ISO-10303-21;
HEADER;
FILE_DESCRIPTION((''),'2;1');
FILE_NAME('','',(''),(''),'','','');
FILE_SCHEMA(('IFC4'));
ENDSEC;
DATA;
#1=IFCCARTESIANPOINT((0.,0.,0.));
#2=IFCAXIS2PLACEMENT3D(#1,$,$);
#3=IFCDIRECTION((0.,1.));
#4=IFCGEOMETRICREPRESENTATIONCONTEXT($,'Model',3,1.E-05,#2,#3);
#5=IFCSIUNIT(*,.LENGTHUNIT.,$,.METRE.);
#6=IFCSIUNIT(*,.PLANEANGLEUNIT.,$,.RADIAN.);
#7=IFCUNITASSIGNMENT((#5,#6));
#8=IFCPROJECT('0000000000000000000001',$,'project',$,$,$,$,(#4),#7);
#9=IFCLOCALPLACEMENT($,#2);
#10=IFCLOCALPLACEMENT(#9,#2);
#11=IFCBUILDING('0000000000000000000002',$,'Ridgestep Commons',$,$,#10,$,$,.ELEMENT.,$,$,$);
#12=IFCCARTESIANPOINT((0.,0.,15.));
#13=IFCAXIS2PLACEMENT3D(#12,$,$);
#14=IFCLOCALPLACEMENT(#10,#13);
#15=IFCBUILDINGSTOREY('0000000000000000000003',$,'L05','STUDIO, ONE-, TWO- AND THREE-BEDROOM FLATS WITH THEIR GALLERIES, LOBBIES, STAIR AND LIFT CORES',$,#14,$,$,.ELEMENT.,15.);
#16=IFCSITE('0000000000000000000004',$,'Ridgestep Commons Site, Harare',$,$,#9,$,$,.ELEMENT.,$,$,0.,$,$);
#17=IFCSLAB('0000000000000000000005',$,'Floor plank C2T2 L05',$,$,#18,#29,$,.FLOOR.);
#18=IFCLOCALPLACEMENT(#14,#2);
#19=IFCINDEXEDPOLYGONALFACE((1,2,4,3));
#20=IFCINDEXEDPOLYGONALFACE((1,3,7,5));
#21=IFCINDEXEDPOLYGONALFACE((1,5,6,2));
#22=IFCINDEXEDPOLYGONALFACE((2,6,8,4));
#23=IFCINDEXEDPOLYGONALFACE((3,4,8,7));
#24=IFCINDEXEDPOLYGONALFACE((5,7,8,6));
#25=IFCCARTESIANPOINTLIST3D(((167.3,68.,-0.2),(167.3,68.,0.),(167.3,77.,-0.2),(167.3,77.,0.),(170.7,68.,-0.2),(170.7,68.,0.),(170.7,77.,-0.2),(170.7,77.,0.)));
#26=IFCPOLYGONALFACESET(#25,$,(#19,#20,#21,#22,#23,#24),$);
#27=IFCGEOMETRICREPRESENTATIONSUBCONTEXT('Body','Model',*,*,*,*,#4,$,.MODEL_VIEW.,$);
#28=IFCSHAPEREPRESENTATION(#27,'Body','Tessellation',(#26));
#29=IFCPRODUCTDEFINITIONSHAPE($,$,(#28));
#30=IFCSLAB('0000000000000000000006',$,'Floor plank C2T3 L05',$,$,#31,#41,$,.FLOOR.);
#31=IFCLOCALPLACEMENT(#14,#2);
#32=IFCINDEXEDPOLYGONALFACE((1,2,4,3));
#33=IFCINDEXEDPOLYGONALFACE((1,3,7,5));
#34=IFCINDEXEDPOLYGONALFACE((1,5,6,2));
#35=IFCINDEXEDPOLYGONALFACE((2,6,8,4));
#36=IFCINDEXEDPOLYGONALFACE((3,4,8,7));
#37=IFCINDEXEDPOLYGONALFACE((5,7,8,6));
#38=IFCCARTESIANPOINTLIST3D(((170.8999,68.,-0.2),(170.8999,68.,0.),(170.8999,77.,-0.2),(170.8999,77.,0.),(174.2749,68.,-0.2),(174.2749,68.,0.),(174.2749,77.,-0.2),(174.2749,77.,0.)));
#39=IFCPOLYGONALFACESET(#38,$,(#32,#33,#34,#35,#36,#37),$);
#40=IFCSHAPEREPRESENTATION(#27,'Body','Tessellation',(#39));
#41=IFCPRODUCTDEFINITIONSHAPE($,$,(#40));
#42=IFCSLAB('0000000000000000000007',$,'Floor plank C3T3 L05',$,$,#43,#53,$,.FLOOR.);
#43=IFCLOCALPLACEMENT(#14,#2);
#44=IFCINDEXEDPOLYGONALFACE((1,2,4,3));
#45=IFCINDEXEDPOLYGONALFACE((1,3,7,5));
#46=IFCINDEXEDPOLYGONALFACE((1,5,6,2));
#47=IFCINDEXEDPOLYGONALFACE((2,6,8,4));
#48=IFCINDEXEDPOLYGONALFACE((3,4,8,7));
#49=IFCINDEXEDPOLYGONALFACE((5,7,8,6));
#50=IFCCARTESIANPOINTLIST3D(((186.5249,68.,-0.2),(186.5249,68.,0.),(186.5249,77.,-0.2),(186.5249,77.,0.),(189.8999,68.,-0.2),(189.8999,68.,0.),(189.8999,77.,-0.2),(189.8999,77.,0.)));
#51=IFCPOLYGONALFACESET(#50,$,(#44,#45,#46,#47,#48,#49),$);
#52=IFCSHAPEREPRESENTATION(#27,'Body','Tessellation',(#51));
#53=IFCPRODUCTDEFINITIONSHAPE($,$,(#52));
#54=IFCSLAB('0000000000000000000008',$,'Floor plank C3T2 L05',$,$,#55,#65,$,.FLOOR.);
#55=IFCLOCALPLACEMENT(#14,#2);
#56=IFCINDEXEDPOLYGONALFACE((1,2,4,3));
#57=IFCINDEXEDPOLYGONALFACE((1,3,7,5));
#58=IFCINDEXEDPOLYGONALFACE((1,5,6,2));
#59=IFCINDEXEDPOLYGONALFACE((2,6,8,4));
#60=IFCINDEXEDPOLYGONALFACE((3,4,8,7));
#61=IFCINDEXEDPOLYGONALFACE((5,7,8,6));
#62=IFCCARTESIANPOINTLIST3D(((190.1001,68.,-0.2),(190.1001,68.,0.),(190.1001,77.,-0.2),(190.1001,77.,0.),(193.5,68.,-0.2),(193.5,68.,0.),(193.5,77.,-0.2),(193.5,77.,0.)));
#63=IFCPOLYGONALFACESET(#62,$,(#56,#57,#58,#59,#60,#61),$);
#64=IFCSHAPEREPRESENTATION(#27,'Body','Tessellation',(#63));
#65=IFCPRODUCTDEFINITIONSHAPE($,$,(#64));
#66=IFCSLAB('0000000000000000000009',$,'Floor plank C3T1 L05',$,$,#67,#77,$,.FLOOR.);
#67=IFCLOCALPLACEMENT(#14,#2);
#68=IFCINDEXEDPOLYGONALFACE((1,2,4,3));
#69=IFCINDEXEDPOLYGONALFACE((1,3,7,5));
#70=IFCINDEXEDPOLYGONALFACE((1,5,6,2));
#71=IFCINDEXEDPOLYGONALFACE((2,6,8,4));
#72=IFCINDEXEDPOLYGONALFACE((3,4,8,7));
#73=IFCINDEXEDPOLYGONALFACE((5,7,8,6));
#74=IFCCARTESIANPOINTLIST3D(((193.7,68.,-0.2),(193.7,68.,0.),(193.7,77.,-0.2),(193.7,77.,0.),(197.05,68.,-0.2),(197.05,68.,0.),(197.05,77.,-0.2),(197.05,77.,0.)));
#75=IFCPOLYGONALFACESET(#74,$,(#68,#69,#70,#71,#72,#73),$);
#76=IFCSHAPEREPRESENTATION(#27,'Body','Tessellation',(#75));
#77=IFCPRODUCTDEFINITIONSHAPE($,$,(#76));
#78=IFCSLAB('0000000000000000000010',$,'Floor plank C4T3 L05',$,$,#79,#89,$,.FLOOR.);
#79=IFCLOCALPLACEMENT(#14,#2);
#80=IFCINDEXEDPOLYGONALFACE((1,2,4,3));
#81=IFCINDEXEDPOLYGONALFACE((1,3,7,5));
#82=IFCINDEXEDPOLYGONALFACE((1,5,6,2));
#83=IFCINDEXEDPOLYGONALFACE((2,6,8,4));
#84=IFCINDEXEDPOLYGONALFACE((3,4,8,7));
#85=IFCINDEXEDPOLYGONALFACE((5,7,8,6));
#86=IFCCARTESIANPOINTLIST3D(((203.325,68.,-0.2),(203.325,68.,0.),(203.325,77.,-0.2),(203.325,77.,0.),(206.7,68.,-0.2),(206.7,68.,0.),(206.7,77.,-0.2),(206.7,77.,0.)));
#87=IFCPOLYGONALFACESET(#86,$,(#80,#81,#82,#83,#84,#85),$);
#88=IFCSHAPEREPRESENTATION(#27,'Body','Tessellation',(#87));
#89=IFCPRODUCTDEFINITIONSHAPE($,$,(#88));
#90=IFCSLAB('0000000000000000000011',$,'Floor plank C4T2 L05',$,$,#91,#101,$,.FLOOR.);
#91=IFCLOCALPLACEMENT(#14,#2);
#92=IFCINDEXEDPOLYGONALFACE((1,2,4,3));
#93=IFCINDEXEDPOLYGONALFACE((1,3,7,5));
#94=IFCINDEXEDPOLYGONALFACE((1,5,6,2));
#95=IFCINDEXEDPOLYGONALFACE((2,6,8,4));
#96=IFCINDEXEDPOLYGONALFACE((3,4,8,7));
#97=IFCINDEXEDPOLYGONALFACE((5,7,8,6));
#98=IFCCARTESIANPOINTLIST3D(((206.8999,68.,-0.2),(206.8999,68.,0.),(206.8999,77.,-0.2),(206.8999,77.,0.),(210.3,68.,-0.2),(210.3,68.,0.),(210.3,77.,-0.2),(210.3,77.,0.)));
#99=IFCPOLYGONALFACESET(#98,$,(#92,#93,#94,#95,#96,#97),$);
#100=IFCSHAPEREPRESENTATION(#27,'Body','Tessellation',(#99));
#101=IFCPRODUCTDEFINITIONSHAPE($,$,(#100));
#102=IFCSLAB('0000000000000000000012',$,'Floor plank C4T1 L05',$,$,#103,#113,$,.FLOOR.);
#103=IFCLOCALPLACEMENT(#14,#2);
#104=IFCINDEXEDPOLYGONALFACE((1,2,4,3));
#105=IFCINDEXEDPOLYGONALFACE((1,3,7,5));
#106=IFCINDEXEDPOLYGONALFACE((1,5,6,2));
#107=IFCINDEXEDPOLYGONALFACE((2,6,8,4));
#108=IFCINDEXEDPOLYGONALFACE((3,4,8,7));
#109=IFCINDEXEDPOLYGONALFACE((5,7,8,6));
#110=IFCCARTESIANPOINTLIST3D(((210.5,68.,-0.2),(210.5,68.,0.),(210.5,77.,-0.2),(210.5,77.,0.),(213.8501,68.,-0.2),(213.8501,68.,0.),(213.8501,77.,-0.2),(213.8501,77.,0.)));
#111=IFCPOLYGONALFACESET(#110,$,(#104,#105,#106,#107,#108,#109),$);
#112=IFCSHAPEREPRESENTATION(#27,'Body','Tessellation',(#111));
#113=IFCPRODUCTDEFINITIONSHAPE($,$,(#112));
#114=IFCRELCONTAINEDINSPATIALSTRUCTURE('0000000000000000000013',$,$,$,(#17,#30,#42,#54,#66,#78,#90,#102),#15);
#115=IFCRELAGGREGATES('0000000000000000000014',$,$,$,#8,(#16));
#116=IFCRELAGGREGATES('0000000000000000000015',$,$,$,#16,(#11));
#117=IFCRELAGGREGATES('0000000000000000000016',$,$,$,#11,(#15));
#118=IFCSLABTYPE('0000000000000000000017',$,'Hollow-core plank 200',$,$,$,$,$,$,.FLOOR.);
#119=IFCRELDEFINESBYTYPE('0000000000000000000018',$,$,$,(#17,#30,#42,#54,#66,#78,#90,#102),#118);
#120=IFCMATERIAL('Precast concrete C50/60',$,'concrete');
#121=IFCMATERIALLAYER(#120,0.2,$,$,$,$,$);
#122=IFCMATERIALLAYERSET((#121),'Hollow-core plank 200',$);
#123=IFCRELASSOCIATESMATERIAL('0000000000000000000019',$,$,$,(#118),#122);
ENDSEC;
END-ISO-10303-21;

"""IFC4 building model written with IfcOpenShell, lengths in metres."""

from ifc_helpers import new_model, si_unit, direction, frame, origin, place, context, subcontext, project, spatial, polyline, outline, extrude, material, layer, layer_set, type_object, element, save


model = new_model("IFC4")

# Units and contexts
model_context = context("Model", 3, precision=1e-05, world=origin(), true_north=direction((0.0, 1.0)))
body_context = subcontext(model_context, "Body", "Model", "MODEL_VIEW")
ifc_project = project(units=[si_unit("LENGTHUNIT", "METRE"), si_unit("PLANEANGLEUNIT", "RADIAN")], contexts=[model_context])

# Site, building, storey
site_placement = place(None, origin())
site = spatial("IfcSite", under=ifc_project, at=site_placement, Name="Ridgestep Commons Site, Harare", CompositionType="ELEMENT", RefElevation=0.0)
building_placement = place(site_placement, origin())
building = spatial("IfcBuilding", under=site, at=building_placement, Name="Ridgestep Commons", CompositionType="ELEMENT")
storey_placement = place(building_placement, frame((0.0, 0.0, 15.0)))
storey = spatial("IfcBuildingStorey", under=building, at=storey_placement, Name="L05", Description="STUDIO, ONE-, TWO- AND THREE-BEDROOM FLATS WITH THEIR GALLERIES, LOBBIES, STAIR AND LIFT CORES", CompositionType="ELEMENT", Elevation=15.0)

# Slabs
ifc_material_1 = material(Name="Precast concrete C50/60", Category="concrete")
ifc_layer_1 = layer(ifc_material_1, 0.2)
ifc_layer_set_1 = layer_set([ifc_layer_1], Name="Hollow-core plank 200")
slab_type_1 = type_object("IfcSlabType", Name="Hollow-core plank 200", PredefinedType="FLOOR", material=ifc_layer_set_1)
slab_1_placement = place(storey_placement, frame((0.0, 0.0, -0.2)))
element("IfcSlab", 1, at=slab_1_placement, inside=storey, type_object=slab_type_1, Name="Floor plank C2T2 L05", PredefinedType="FLOOR", context=body_context, shape_type="SweptSolid", body=[
    extrude(outline(polyline([(170.7, 68.0), (170.7, 77.0), (167.3, 77.0), (167.3, 68.0), (170.7, 68.0)])), origin(), (0.0, 0.0, 1.0), 0.2),
])
slab_2_placement = place(storey_placement, frame((0.0, 0.0, -0.2)))
element("IfcSlab", 2, at=slab_2_placement, inside=storey, type_object=slab_type_1, Name="Floor plank C2T3 L05", PredefinedType="FLOOR", context=body_context, shape_type="SweptSolid", body=[
    extrude(outline(polyline([(174.2749, 68.0), (174.2749, 77.0), (170.8999, 77.0), (170.8999, 68.0), (174.2749, 68.0)])), origin(), (0.0, 0.0, 1.0), 0.2),
])
slab_3_placement = place(storey_placement, frame((0.0, 0.0, -0.2)))
element("IfcSlab", 3, at=slab_3_placement, inside=storey, type_object=slab_type_1, Name="Floor plank C3T3 L05", PredefinedType="FLOOR", context=body_context, shape_type="SweptSolid", body=[
    extrude(outline(polyline([(189.8999, 68.0), (189.8999, 77.0), (186.5249, 77.0), (186.5249, 68.0), (189.8999, 68.0)])), origin(), (0.0, 0.0, 1.0), 0.2),
])
slab_4_placement = place(storey_placement, frame((0.0, 0.0, -0.2)))
element("IfcSlab", 4, at=slab_4_placement, inside=storey, type_object=slab_type_1, Name="Floor plank C3T2 L05", PredefinedType="FLOOR", context=body_context, shape_type="SweptSolid", body=[
    extrude(outline(polyline([(193.5, 68.0), (193.5, 77.0), (190.1001, 77.0), (190.1001, 68.0), (193.5, 68.0)])), origin(), (0.0, 0.0, 1.0), 0.2),
])
slab_5_placement = place(storey_placement, frame((0.0, 0.0, -0.2)))
element("IfcSlab", 5, at=slab_5_placement, inside=storey, type_object=slab_type_1, Name="Floor plank C3T1 L05", PredefinedType="FLOOR", context=body_context, shape_type="SweptSolid", body=[
    extrude(outline(polyline([(197.05, 68.0), (197.05, 77.0), (193.7, 77.0), (193.7, 68.0), (197.05, 68.0)])), origin(), (0.0, 0.0, 1.0), 0.2),
])
slab_6_placement = place(storey_placement, frame((0.0, 0.0, -0.2)))
element("IfcSlab", 6, at=slab_6_placement, inside=storey, type_object=slab_type_1, Name="Floor plank C4T3 L05", PredefinedType="FLOOR", context=body_context, shape_type="SweptSolid", body=[
    extrude(outline(polyline([(206.7, 68.0), (206.7, 77.0), (203.325, 77.0), (203.325, 68.0), (206.7, 68.0)])), origin(), (0.0, 0.0, 1.0), 0.2),
])
slab_7_placement = place(storey_placement, frame((0.0, 0.0, -0.2)))
element("IfcSlab", 7, at=slab_7_placement, inside=storey, type_object=slab_type_1, Name="Floor plank C4T2 L05", PredefinedType="FLOOR", context=body_context, shape_type="SweptSolid", body=[
    extrude(outline(polyline([(210.3, 68.0), (210.3, 77.0), (206.8999, 77.0), (206.8999, 68.0), (210.3, 68.0)])), origin(), (0.0, 0.0, 1.0), 0.2),
])
slab_8_placement = place(storey_placement, frame((0.0, 0.0, -0.2)))
element("IfcSlab", 8, at=slab_8_placement, inside=storey, type_object=slab_type_1, Name="Floor plank C4T1 L05", PredefinedType="FLOOR", context=body_context, shape_type="SweptSolid", body=[
    extrude(outline(polyline([(213.8501, 68.0), (213.8501, 77.0), (210.5, 77.0), (210.5, 68.0), (213.8501, 68.0)])), origin(), (0.0, 0.0, 1.0), 0.2),
])

save(model, "model.ifc")
